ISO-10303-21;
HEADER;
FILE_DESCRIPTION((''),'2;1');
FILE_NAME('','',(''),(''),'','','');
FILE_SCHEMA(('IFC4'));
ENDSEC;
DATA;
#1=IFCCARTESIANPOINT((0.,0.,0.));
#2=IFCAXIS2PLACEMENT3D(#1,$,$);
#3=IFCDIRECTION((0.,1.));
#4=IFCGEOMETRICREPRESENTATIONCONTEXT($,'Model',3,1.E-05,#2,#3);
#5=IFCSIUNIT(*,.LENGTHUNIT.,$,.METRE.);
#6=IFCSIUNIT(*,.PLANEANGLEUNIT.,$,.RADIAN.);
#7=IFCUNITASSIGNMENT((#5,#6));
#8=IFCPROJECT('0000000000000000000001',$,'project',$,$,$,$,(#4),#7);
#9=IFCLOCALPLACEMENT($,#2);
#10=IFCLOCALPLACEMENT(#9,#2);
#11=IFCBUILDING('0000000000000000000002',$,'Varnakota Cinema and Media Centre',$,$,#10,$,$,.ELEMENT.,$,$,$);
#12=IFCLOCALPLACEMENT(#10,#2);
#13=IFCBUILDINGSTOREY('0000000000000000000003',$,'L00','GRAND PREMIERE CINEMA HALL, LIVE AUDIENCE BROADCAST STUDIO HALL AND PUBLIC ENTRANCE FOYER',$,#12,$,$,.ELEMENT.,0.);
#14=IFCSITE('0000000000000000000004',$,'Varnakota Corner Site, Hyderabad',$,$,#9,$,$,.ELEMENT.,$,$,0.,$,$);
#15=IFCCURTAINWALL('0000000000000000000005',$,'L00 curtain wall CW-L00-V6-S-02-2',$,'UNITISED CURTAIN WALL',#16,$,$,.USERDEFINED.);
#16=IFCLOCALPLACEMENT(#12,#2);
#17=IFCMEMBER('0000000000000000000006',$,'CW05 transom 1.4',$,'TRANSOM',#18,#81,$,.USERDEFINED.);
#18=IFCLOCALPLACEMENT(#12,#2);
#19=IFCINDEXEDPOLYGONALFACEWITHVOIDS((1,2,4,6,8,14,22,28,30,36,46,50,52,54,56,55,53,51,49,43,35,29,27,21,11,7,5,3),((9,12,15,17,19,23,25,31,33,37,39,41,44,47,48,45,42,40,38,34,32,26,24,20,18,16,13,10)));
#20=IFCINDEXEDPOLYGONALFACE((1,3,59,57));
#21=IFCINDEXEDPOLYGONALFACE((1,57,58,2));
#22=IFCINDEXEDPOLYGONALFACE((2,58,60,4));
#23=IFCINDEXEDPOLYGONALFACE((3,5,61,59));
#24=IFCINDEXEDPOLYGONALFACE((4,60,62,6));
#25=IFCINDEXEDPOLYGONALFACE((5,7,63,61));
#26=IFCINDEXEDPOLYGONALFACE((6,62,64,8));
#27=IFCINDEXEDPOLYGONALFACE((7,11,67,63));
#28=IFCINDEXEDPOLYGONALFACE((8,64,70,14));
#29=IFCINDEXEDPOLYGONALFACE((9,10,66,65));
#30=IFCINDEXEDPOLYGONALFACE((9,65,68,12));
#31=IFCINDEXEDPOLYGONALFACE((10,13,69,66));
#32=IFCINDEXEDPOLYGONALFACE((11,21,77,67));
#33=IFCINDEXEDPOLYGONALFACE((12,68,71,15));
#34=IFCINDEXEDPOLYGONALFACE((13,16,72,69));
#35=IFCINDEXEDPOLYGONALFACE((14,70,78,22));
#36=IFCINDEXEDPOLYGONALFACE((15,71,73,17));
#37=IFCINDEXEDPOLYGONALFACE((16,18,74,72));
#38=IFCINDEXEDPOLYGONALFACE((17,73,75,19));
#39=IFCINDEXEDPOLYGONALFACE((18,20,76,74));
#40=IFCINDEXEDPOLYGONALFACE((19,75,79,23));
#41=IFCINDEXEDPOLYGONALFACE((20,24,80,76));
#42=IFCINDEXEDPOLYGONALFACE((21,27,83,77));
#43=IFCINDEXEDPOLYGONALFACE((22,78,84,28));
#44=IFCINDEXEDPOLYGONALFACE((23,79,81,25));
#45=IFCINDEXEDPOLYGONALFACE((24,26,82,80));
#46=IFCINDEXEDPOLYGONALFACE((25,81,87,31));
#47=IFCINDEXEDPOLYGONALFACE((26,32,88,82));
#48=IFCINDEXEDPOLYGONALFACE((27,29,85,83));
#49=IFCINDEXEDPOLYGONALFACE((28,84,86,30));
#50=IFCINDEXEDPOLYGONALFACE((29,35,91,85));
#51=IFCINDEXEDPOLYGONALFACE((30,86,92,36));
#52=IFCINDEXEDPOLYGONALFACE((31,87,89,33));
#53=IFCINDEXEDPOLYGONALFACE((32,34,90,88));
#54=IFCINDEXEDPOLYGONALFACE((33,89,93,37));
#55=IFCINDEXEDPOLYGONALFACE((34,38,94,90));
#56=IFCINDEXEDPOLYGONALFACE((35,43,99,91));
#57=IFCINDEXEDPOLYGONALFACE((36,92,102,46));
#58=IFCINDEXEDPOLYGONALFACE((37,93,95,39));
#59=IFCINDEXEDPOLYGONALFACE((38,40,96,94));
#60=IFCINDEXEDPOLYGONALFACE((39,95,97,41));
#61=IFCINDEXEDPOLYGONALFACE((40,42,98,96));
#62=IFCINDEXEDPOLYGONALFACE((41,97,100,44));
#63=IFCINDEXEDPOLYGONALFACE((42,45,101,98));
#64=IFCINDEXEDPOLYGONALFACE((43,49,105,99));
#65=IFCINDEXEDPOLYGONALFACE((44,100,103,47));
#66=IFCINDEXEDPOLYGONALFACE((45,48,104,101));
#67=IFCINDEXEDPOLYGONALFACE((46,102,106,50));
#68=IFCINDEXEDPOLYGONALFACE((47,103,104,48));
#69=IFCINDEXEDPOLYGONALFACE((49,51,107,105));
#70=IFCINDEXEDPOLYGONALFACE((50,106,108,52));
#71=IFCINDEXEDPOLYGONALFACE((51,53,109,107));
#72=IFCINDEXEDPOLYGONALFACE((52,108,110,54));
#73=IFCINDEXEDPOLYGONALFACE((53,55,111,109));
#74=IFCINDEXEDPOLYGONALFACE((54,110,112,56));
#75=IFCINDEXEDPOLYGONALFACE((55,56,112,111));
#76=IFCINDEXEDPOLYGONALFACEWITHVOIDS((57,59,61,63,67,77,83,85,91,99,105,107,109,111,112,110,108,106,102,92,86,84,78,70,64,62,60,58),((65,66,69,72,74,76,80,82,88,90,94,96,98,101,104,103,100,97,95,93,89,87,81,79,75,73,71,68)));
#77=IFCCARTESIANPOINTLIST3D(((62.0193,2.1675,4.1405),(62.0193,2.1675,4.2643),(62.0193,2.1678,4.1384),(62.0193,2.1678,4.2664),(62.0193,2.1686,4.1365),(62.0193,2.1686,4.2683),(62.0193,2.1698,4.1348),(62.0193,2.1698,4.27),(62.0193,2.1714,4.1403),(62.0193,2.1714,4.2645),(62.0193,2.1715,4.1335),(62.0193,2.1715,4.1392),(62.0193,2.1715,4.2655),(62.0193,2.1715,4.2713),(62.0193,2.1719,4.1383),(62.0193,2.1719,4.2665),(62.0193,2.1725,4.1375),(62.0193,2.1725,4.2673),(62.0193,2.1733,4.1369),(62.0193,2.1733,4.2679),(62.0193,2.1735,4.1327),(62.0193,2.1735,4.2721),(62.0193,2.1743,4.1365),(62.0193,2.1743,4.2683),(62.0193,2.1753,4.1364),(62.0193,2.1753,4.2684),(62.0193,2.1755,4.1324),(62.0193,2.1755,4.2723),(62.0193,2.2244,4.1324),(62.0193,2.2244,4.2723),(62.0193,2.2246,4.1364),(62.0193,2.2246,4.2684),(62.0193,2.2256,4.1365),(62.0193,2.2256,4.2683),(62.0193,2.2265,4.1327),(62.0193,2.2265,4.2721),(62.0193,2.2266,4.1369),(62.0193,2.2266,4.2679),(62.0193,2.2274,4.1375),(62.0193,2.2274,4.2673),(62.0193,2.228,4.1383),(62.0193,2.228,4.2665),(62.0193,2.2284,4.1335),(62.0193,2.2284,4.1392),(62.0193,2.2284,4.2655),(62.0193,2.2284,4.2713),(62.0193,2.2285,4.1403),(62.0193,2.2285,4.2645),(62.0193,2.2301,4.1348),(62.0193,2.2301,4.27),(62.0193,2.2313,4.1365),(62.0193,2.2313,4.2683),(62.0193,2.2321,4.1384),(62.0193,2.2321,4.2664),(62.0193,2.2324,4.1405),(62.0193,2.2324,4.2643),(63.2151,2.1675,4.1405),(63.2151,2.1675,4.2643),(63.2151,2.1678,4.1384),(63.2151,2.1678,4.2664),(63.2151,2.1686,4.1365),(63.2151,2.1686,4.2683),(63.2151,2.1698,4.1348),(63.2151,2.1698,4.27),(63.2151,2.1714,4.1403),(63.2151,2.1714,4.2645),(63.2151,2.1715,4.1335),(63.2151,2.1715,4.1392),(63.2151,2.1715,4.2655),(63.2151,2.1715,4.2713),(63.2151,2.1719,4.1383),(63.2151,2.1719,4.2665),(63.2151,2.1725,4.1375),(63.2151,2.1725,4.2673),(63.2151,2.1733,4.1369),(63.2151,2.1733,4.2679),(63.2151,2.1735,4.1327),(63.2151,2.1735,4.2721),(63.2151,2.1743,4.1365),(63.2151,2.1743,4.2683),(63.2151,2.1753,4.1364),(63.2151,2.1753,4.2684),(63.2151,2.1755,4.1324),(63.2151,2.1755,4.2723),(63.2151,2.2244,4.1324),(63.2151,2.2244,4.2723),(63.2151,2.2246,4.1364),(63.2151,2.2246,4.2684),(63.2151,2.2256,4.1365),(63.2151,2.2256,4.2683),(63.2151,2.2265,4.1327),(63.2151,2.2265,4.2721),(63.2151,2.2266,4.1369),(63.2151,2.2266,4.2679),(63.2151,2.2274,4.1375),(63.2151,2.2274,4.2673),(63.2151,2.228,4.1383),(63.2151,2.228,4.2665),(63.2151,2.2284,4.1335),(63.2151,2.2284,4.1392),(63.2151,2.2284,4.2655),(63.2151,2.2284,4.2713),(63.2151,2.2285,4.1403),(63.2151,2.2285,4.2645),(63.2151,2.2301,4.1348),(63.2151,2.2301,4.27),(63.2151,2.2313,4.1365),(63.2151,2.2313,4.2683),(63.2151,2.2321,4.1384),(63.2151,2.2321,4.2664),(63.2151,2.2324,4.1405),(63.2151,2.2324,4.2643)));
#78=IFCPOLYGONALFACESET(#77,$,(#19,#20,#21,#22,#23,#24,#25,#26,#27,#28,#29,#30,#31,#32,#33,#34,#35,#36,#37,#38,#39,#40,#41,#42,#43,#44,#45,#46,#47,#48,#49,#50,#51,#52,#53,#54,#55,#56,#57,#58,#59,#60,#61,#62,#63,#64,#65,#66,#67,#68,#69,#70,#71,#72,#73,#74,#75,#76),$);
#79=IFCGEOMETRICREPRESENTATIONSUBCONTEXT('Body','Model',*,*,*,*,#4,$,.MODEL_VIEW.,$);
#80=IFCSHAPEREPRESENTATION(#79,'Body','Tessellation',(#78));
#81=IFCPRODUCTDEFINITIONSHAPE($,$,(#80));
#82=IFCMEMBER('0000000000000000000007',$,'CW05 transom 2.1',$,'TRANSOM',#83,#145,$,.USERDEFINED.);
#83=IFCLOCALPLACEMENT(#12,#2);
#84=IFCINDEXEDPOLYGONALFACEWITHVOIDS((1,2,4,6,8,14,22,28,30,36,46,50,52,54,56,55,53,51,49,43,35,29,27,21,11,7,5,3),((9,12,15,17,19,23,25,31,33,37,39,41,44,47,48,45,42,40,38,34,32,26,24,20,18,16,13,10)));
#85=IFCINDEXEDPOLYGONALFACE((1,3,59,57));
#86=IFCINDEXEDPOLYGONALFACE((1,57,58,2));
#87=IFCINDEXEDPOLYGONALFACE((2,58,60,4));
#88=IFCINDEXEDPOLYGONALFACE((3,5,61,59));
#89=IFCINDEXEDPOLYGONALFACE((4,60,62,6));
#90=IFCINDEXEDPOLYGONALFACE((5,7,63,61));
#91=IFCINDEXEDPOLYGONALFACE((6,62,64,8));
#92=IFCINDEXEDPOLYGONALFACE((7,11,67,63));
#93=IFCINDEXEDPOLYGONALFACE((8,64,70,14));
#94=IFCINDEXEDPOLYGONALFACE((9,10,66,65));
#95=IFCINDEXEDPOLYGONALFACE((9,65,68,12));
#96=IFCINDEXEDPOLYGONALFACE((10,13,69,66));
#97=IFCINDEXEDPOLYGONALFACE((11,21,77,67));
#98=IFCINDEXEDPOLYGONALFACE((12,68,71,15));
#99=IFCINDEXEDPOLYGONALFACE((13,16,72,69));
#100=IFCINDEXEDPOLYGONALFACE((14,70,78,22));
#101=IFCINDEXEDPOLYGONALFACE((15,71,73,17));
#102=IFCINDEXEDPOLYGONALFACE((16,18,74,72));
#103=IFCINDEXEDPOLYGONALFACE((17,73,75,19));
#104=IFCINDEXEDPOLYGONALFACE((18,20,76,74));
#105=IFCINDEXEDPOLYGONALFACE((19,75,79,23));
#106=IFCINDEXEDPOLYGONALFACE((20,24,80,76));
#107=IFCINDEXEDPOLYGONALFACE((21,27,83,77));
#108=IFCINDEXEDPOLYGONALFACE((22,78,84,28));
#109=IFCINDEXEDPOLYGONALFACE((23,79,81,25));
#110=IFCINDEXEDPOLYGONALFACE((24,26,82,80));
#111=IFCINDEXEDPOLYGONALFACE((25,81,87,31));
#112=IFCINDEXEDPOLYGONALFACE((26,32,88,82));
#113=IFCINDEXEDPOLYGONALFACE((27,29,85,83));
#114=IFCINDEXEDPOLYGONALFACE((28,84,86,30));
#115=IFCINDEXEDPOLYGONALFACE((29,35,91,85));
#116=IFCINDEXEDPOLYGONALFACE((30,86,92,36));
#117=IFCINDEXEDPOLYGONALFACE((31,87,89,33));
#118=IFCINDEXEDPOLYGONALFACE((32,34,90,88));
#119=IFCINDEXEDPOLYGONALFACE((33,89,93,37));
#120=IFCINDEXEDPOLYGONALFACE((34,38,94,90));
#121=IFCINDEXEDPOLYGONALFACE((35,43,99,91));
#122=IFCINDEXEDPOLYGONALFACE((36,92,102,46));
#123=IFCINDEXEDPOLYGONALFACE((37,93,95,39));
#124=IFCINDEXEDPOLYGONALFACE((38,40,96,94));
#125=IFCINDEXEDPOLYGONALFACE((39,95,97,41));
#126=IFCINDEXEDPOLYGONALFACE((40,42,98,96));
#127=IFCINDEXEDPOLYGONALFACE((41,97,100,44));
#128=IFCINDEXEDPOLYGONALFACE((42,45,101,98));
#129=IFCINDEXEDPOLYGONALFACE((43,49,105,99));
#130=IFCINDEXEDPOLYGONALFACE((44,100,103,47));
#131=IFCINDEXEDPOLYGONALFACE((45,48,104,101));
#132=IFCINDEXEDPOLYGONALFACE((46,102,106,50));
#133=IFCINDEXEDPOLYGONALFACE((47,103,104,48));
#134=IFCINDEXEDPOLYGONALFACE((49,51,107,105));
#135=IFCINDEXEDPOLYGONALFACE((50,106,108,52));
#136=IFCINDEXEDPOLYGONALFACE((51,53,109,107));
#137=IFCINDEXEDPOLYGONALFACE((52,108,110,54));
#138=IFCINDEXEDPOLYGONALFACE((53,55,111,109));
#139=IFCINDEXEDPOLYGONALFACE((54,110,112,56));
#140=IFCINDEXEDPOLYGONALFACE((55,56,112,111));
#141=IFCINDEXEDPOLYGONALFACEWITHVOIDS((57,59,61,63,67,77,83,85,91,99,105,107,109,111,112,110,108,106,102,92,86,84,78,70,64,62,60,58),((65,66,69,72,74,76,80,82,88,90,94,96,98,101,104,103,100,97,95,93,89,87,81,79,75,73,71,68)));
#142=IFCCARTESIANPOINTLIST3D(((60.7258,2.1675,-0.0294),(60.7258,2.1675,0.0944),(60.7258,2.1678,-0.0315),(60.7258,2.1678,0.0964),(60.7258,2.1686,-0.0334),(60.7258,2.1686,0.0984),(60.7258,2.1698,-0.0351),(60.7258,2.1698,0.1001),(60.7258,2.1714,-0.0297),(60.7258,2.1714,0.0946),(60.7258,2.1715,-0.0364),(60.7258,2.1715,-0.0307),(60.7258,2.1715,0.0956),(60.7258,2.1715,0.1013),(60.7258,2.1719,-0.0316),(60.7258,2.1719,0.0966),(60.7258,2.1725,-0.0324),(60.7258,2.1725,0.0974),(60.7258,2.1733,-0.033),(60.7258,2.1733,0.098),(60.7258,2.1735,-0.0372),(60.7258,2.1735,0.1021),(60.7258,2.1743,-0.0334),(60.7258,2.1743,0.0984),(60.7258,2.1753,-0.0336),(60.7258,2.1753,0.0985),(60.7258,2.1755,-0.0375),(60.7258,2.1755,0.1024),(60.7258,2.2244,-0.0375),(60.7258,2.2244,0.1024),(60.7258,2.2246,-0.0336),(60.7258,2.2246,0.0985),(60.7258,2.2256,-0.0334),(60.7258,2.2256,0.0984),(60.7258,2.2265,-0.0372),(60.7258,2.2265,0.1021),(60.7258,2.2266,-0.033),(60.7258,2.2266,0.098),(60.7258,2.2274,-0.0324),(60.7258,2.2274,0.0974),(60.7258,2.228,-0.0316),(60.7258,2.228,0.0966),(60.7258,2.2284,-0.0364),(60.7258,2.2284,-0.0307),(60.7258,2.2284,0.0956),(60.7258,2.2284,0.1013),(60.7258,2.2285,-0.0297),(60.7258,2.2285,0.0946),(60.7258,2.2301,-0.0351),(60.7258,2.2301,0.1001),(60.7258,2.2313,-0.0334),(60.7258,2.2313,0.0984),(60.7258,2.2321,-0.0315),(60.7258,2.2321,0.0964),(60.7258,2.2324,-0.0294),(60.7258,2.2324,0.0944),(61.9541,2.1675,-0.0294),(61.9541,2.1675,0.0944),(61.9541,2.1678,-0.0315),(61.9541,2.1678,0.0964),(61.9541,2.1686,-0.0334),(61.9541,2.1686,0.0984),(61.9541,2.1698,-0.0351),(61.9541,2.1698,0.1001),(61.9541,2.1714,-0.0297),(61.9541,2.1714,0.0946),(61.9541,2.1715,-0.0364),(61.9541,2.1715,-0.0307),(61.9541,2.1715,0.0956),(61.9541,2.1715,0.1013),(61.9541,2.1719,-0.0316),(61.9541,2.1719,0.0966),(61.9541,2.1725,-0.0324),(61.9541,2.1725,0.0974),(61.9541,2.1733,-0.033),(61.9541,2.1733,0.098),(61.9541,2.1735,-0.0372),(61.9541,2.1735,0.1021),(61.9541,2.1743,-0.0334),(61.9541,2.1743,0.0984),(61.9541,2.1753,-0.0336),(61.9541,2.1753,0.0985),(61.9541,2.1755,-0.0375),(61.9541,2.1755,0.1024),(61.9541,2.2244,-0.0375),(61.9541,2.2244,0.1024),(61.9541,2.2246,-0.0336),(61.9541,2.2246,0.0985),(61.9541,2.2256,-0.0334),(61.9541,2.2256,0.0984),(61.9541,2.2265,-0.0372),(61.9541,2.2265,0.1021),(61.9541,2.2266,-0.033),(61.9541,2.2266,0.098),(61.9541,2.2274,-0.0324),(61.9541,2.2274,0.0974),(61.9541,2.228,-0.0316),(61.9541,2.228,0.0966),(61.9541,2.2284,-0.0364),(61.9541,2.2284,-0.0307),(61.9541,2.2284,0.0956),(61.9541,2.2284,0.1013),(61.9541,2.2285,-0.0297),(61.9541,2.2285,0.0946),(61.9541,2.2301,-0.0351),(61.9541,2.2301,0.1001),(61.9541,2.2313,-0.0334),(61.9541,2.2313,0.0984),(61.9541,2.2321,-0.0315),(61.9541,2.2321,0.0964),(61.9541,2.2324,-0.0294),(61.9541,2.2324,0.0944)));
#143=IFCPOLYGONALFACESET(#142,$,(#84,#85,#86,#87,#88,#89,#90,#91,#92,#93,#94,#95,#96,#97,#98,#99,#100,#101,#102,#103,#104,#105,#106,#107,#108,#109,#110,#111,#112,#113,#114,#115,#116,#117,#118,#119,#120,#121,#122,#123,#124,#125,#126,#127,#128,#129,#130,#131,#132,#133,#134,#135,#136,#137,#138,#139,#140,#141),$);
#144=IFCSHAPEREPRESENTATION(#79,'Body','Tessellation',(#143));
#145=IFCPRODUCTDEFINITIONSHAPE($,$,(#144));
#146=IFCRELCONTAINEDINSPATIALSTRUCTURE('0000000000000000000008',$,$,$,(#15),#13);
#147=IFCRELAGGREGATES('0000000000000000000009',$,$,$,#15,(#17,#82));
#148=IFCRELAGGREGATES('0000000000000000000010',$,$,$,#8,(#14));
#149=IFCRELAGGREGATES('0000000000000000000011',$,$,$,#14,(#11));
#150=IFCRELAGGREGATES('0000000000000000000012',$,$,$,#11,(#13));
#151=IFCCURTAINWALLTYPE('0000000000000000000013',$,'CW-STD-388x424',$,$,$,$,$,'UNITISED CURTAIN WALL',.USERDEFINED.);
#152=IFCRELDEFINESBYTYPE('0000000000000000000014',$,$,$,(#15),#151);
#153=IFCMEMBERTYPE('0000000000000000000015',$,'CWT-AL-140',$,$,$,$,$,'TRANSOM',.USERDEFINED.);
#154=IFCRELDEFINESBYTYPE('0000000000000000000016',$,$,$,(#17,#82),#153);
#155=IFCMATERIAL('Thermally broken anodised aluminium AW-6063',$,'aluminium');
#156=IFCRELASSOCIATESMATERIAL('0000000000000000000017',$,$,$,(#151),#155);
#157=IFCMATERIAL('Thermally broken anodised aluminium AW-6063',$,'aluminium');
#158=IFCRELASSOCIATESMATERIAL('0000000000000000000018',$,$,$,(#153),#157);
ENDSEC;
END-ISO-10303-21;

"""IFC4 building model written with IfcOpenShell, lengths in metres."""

from ifc_helpers import new_model, si_unit, direction, frame, origin, origin_2d, place, context, subcontext, project, spatial, hollow_rectangle, extrude, material, material_profile, profile_set, type_object, element, aggregate, save


model = new_model("IFC4")

# Units and contexts
model_context = context("Model", 3, precision=1e-05, world=origin(), true_north=direction((0.0, 1.0)))
body_context = subcontext(model_context, "Body", "Model", "MODEL_VIEW")
ifc_project = project(units=[si_unit("LENGTHUNIT", "METRE"), si_unit("PLANEANGLEUNIT", "RADIAN")], contexts=[model_context])

# Site, building, storey
site_placement = place(None, origin())
site = spatial("IfcSite", under=ifc_project, at=site_placement, Name="Varnakota Corner Site, Hyderabad", CompositionType="ELEMENT", RefElevation=0.0)
building_placement = place(site_placement, origin())
building = spatial("IfcBuilding", under=site, at=building_placement, Name="Varnakota Cinema and Media Centre", CompositionType="ELEMENT")
storey_placement = place(building_placement, origin())
storey = spatial("IfcBuildingStorey", under=building, at=storey_placement, Name="L00", Description="GRAND PREMIERE CINEMA HALL, LIVE AUDIENCE BROADCAST STUDIO HALL AND PUBLIC ENTRANCE FOYER", CompositionType="ELEMENT", Elevation=0.0)

# Curtain wall, members
ifc_material_1 = material(Name="Thermally broken anodised aluminium AW-6063", Category="aluminium")
curtain_wall_type = type_object("IfcCurtainWallType", Name="CW-STD-388x424", ElementType="UNITISED CURTAIN WALL", PredefinedType="USERDEFINED", material=ifc_material_1)
curtain_wall_placement = place(storey_placement, origin())
curtain_wall = element("IfcCurtainWall", 1, at=curtain_wall_placement, inside=storey, type_object=curtain_wall_type, Name="L00 curtain wall CW-L00-V6-S-02-2", ObjectType="UNITISED CURTAIN WALL", PredefinedType="USERDEFINED")
ifc_material_2 = material(Name="Thermally broken anodised aluminium AW-6063", Category="aluminium")
ifc_material_profile_1 = material_profile(ifc_material_2, hollow_rectangle(XDim=0.0649, YDim=0.1399, WallThickness=0.0039, InnerFilletRadius=0.0039, OuterFilletRadius=0.0081, at=origin_2d()), Name="AL-TRANSOM 140x65x4")
ifc_profile_set_1 = profile_set([ifc_material_profile_1], Name="Thermally broken anodised aluminium AW-6063")
member_type_1 = type_object("IfcMemberType", Name="CWT-AL-140", ElementType="TRANSOM", PredefinedType="USERDEFINED", material=ifc_profile_set_1)
member_1_placement = place(storey_placement, frame((63.2151, 2.2, 4.2024), z_axis=(-1.0, 0.0, 0.0), x_axis=(0.0, -1.0, 0.0)))
member_1 = element("IfcMember", 2, at=member_1_placement, type_object=member_type_1, Name="CW05 transom 1.4", ObjectType="TRANSOM", PredefinedType="USERDEFINED", context=body_context, shape_type="SweptSolid", body=[
    extrude(hollow_rectangle(XDim=0.0649, YDim=0.1399, WallThickness=0.0039, InnerFilletRadius=0.0039, OuterFilletRadius=0.0081, at=origin_2d()), origin(), (0.0, 0.0, 1.0), 1.1958),
])
member_2_placement = place(storey_placement, frame((61.9541, 2.2, 0.0325), z_axis=(-1.0, 0.0, 0.0), x_axis=(0.0, -1.0, 0.0)))
member_2 = element("IfcMember", 3, at=member_2_placement, type_object=member_type_1, Name="CW05 transom 2.1", ObjectType="TRANSOM", PredefinedType="USERDEFINED", context=body_context, shape_type="SweptSolid", body=[
    extrude(hollow_rectangle(XDim=0.0649, YDim=0.1399, WallThickness=0.0039, InnerFilletRadius=0.0039, OuterFilletRadius=0.0081, at=origin_2d()), origin(), (0.0, 0.0, 1.0), 1.2283),
])
aggregate(curtain_wall, [member_1, member_2])

save(model, "model.ifc")
